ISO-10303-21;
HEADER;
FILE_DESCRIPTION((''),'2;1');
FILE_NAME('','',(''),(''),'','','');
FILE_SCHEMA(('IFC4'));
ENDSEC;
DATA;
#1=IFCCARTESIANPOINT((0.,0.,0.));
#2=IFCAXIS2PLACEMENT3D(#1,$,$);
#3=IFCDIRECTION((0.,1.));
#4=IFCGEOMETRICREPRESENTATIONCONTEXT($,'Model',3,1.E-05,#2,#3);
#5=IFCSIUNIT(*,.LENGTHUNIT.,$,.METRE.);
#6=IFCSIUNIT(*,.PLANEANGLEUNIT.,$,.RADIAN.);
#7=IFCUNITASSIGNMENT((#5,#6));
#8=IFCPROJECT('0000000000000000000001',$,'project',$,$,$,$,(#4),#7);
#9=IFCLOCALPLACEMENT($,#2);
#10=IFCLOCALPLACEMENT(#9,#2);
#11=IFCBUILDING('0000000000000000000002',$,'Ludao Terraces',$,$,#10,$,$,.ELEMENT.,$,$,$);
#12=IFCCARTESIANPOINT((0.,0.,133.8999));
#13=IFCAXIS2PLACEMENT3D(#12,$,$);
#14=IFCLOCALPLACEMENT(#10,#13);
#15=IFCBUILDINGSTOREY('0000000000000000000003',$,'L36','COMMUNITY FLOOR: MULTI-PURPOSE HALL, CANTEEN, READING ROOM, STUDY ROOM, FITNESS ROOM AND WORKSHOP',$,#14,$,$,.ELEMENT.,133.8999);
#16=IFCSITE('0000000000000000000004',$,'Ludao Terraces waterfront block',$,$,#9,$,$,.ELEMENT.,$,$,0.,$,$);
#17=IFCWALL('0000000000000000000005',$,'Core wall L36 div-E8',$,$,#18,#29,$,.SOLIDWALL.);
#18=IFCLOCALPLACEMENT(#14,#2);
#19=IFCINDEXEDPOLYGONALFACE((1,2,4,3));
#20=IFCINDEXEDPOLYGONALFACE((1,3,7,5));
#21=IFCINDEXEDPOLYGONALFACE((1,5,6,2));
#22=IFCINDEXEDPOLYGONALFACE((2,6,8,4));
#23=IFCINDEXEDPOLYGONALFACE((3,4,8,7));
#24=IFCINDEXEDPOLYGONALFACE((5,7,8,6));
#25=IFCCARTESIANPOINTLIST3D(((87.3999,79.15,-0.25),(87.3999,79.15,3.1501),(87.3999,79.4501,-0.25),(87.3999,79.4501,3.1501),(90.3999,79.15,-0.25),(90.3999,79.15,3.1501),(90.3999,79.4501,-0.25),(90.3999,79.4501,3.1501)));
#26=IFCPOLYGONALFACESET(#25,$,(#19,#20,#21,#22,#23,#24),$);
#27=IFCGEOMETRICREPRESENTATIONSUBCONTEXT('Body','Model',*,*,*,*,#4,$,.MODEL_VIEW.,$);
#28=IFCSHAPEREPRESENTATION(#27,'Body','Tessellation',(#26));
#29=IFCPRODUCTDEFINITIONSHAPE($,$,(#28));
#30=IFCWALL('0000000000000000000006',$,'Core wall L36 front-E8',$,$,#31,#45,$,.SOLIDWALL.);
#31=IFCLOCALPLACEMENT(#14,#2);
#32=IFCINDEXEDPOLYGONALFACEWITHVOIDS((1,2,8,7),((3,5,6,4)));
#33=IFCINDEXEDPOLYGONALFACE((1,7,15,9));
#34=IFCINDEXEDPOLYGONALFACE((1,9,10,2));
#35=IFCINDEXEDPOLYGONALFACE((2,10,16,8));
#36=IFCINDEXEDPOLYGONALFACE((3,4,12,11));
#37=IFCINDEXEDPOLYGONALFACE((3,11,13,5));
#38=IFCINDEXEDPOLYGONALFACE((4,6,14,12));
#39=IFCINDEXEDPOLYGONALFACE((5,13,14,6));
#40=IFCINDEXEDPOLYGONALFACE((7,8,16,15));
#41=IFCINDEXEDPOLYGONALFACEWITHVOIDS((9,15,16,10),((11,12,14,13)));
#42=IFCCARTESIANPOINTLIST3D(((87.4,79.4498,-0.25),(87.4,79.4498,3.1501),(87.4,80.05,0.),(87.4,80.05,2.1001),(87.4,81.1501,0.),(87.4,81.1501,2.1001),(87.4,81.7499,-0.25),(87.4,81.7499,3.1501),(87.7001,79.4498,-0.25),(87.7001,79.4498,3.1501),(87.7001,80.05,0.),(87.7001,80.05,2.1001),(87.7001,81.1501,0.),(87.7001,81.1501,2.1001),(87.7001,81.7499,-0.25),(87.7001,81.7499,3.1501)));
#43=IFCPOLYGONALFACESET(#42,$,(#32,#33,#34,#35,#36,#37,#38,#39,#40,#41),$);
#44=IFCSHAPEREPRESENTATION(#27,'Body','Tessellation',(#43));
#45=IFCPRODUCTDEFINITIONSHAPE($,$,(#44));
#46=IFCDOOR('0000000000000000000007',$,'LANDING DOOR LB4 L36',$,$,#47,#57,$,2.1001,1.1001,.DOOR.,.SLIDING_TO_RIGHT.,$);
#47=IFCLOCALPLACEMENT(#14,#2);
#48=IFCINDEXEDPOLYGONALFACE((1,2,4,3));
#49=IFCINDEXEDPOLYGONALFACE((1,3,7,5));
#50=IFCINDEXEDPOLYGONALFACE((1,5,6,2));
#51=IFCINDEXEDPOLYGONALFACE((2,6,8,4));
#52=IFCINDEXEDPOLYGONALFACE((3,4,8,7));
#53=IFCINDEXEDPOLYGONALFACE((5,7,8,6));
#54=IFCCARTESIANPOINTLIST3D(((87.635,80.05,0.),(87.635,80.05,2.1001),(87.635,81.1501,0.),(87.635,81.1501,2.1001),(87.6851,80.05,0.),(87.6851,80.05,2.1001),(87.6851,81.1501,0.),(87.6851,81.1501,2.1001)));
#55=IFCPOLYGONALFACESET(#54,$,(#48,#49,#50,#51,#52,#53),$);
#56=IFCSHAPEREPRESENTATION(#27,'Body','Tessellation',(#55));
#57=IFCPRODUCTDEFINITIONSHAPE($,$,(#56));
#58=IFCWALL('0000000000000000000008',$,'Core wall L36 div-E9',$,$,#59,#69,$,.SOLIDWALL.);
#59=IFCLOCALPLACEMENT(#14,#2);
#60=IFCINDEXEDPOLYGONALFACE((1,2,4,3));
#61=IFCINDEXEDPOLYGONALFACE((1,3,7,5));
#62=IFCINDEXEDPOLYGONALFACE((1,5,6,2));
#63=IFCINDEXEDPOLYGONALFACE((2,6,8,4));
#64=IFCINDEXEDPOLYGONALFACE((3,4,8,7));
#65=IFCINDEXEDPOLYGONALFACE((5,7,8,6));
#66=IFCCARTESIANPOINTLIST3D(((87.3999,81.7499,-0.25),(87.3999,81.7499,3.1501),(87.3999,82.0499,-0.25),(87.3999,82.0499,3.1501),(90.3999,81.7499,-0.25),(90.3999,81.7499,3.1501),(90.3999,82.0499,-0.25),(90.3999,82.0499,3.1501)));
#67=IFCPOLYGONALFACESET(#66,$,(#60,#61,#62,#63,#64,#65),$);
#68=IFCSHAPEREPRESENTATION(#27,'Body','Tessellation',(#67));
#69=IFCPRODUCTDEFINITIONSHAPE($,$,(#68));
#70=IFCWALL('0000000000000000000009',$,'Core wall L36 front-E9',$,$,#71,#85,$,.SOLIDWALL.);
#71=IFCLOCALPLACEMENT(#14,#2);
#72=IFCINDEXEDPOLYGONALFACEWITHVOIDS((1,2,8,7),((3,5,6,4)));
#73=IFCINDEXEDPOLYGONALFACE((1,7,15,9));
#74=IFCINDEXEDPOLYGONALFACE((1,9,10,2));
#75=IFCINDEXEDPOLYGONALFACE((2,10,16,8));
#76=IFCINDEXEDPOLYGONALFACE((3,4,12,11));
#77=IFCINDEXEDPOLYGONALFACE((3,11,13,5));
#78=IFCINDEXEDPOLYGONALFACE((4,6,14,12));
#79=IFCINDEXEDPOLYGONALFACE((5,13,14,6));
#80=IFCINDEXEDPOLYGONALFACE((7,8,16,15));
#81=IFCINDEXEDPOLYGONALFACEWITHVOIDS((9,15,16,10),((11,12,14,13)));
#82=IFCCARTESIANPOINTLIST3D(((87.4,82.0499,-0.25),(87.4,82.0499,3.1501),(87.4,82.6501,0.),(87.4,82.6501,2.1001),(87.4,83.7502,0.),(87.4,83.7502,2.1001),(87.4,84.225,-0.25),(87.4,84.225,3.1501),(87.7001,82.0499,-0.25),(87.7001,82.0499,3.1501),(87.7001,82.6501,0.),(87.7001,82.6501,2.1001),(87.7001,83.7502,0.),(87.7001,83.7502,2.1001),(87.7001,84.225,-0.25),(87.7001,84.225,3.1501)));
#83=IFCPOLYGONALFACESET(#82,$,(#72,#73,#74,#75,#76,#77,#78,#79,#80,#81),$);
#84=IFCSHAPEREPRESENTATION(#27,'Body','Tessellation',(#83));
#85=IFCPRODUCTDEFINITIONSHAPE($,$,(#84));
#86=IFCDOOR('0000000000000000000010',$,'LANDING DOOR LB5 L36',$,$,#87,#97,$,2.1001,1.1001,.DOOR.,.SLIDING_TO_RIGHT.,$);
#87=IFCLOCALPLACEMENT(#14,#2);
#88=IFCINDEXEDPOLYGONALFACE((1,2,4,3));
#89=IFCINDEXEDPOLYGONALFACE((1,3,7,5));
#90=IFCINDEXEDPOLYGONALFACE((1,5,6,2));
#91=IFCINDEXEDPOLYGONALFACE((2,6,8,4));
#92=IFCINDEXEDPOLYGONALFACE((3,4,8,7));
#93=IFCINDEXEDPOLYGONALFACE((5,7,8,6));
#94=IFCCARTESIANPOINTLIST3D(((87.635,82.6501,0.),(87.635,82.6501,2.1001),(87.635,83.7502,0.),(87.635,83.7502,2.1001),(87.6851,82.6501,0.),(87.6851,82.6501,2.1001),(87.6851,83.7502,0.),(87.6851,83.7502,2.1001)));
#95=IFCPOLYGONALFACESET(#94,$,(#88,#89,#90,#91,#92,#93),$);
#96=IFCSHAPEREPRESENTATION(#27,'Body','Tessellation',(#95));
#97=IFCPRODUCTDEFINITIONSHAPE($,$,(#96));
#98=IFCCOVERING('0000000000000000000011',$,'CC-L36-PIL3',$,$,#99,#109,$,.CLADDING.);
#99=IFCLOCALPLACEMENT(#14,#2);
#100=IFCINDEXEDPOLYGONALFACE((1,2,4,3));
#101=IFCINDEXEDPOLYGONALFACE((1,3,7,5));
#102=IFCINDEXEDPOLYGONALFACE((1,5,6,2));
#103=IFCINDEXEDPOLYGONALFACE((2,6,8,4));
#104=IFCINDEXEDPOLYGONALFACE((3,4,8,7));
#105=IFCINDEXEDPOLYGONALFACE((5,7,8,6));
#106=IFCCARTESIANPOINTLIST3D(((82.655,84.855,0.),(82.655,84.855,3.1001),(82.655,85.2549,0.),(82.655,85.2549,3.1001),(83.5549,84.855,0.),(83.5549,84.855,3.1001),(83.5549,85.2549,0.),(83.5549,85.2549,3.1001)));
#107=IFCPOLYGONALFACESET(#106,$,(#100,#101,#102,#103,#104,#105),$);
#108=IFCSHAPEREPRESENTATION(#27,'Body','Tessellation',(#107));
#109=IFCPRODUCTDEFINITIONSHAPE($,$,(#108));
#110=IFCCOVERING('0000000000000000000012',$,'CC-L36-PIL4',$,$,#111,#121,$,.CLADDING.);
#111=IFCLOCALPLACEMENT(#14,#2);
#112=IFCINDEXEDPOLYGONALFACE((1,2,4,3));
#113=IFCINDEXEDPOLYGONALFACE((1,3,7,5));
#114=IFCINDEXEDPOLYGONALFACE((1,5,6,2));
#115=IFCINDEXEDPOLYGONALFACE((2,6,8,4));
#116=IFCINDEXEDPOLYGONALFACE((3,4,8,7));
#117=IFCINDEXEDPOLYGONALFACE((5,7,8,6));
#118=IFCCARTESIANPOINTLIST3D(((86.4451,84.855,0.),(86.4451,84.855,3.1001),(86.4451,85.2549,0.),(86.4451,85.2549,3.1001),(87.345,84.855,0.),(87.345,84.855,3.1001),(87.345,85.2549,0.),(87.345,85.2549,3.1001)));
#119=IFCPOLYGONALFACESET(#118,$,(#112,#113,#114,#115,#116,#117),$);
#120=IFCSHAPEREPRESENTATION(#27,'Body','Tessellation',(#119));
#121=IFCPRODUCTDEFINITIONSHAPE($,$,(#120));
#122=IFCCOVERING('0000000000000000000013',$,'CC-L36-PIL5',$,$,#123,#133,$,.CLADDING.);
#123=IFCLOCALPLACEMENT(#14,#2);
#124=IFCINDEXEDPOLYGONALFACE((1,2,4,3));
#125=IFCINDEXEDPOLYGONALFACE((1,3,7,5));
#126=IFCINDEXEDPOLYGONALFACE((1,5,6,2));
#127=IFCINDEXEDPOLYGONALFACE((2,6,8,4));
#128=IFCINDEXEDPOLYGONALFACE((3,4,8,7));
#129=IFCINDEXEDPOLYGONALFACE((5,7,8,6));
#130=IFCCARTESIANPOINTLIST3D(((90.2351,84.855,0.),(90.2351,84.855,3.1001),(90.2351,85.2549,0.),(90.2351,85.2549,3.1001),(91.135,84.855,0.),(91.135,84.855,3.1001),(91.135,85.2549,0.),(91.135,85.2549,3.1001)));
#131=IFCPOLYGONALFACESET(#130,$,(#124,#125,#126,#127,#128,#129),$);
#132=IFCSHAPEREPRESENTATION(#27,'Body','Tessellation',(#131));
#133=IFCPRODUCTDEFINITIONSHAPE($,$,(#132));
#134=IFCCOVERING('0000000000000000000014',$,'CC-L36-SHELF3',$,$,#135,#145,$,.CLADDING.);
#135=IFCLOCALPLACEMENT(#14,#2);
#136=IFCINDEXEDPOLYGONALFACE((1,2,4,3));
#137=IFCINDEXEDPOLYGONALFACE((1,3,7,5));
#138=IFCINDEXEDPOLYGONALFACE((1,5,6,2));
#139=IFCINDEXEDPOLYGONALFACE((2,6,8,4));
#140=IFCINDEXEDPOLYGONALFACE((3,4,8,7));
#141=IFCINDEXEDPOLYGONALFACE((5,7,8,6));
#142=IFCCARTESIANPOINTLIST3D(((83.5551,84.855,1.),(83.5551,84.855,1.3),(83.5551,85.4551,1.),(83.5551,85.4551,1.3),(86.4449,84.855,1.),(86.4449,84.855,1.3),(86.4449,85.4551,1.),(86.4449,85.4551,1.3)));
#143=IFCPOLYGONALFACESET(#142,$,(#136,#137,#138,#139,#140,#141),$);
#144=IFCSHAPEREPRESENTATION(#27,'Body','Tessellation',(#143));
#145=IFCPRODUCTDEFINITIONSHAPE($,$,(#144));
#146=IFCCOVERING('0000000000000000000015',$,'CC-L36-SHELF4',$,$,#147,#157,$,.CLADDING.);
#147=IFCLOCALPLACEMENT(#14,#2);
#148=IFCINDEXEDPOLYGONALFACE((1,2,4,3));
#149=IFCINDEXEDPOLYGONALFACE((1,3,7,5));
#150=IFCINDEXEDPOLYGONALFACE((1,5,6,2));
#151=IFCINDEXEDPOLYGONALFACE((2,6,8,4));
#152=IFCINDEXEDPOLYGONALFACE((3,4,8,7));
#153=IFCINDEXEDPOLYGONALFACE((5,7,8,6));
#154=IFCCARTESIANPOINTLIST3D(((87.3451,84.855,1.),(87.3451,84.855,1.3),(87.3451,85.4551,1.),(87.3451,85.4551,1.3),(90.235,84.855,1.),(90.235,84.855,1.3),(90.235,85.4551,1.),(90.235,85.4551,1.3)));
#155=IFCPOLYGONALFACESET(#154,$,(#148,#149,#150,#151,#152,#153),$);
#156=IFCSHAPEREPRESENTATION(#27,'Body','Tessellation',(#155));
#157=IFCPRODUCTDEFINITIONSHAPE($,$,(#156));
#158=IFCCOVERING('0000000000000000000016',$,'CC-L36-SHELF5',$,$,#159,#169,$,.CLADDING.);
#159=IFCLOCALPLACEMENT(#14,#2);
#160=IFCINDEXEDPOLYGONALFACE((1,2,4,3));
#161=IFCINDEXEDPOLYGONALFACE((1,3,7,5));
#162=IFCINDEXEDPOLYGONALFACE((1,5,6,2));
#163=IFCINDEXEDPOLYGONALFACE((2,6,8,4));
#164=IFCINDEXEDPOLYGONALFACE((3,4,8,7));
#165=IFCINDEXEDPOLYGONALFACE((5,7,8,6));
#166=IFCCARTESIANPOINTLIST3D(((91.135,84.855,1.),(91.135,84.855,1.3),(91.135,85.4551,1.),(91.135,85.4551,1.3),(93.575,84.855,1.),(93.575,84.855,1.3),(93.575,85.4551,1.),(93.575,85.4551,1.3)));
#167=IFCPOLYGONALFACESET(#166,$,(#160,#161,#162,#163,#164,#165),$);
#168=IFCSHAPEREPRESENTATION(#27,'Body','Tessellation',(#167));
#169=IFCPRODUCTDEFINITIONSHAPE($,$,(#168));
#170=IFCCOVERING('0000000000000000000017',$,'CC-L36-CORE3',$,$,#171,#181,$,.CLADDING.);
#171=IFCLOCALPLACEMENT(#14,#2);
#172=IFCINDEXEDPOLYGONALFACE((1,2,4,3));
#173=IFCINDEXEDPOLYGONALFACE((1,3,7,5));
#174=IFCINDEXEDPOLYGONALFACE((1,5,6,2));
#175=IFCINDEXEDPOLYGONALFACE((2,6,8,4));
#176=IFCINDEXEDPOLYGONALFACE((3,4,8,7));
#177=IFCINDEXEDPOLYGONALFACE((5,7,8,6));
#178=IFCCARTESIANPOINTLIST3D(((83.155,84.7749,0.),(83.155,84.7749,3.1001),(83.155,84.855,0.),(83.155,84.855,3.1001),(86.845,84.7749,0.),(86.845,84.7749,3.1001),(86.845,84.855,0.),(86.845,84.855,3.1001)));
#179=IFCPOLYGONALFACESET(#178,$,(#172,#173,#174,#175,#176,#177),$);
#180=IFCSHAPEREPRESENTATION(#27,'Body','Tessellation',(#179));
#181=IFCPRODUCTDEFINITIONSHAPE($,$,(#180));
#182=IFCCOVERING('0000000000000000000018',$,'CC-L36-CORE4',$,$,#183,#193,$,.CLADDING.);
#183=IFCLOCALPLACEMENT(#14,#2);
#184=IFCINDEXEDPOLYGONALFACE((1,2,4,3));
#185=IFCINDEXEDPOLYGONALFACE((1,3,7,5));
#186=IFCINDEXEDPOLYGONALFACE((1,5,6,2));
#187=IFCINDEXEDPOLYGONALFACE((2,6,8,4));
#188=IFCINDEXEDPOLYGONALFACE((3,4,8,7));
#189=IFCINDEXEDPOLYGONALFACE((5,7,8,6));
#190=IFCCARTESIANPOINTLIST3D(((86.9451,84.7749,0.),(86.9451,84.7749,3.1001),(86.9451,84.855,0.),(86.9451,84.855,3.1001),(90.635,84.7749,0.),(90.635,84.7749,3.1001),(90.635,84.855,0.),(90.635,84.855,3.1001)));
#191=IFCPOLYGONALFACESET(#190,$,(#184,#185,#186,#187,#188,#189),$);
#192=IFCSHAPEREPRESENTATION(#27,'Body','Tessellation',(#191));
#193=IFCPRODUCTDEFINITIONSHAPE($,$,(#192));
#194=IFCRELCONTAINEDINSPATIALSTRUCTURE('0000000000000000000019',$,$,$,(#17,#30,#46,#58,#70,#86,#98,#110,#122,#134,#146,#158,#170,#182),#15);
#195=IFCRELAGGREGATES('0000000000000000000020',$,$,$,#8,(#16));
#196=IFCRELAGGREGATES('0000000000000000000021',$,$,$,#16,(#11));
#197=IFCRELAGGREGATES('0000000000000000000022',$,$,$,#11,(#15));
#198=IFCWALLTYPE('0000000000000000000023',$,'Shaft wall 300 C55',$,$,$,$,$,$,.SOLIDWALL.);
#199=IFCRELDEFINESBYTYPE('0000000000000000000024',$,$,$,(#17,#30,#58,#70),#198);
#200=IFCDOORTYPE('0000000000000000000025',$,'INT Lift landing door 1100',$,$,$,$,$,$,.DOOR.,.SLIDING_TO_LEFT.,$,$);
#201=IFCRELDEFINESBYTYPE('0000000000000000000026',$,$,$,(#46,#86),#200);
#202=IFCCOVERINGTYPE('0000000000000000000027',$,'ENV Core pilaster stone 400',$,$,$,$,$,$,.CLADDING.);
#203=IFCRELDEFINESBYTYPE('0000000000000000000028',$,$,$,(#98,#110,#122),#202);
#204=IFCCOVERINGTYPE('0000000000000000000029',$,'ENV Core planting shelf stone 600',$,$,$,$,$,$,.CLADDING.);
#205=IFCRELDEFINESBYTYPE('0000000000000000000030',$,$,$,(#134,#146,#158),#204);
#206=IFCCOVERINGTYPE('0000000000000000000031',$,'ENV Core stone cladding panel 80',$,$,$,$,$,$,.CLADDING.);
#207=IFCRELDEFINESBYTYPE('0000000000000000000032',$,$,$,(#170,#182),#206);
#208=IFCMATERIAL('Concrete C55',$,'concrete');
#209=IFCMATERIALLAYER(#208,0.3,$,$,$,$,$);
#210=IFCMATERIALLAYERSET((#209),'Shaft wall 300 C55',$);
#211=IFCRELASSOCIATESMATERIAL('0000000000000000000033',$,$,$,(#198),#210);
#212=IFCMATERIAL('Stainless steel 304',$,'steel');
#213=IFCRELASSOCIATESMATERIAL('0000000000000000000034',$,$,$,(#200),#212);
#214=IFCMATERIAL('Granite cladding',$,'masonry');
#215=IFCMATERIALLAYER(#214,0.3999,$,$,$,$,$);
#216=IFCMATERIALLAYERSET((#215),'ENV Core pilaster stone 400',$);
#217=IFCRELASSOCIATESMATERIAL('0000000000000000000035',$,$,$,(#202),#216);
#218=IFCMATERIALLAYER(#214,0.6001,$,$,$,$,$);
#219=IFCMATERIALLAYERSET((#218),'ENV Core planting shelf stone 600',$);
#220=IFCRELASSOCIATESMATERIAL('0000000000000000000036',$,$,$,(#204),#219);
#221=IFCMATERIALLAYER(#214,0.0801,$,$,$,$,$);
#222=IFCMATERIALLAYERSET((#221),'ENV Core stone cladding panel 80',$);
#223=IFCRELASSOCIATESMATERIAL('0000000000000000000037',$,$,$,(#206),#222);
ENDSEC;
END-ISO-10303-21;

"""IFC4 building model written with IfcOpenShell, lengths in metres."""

from ifc_helpers import new_model, si_unit, direction, frame, frame_2d, origin, origin_2d, place, context, subcontext, project, spatial, rectangle, extrude, material, layer, layer_set, type_object, element, fill, save


model = new_model("IFC4")

# Units and contexts
model_context = context("Model", 3, precision=1e-05, world=origin(), true_north=direction((0.0, 1.0)))
body_context = subcontext(model_context, "Body", "Model", "MODEL_VIEW")
ifc_project = project(units=[si_unit("LENGTHUNIT", "METRE"), si_unit("PLANEANGLEUNIT", "RADIAN")], contexts=[model_context])

# Site, building, storey
site_placement = place(None, origin())
site = spatial("IfcSite", under=ifc_project, at=site_placement, Name="Ludao Terraces waterfront block", CompositionType="ELEMENT", RefElevation=0.0)
building_placement = place(site_placement, origin())
building = spatial("IfcBuilding", under=site, at=building_placement, Name="Ludao Terraces", CompositionType="ELEMENT")
storey_placement = place(building_placement, frame((0.0, 0.0, 133.8999)))
storey = spatial("IfcBuildingStorey", under=building, at=storey_placement, Name="L36", Description="COMMUNITY FLOOR: MULTI-PURPOSE HALL, CANTEEN, READING ROOM, STUDY ROOM, FITNESS ROOM AND WORKSHOP", CompositionType="ELEMENT", Elevation=133.8999)

# Wall
ifc_material_1 = material(Name="Concrete C55", Category="concrete")
ifc_layer_1 = layer(ifc_material_1, 0.3)
ifc_layer_set_1 = layer_set([ifc_layer_1], Name="Shaft wall 300 C55")
wall_type = type_object("IfcWallType", Name="Shaft wall 300 C55", PredefinedType="SOLIDWALL", material=ifc_layer_set_1)
wall_1_placement = place(storey_placement, frame((87.3999, 79.3, -0.25), z_axis=(0.0, 0.0, 1.0), x_axis=(1.0, 0.0, 0.0)))
element("IfcWall", 1, at=wall_1_placement, inside=storey, type_object=wall_type, Name="Core wall L36 div-E8", PredefinedType="SOLIDWALL", context=body_context, shape_type="SweptSolid", body=[
    extrude(rectangle(XDim=3.0, YDim=0.3, at=frame_2d((1.5, 0.0))), origin(), (0.0, 0.0, 1.0), 3.4001),
])

# Wall, opening, door
wall_2_placement = place(storey_placement, frame((87.55, 79.45, -0.25), z_axis=(0.0, 0.0, 1.0), x_axis=(0.0, 1.0, 0.0)))
wall_2 = element("IfcWall", 2, at=wall_2_placement, inside=storey, type_object=wall_type, Name="Core wall L36 front-E8", PredefinedType="SOLIDWALL", context=body_context, shape_type="SweptSolid", body=[
    extrude(rectangle(XDim=2.3, YDim=0.3, at=frame_2d((1.1499, 0.0))), origin(), (0.0, 0.0, 1.0), 3.4001),
])
opening_1_placement = place(wall_2_placement, frame((0.6001, 0.0, 0.25)))
opening_1 = element("IfcOpeningElement", 3, at=opening_1_placement, cuts=wall_2, PredefinedType="OPENING", context=body_context, shape_type="SweptSolid", body=[
    extrude(rectangle(XDim=1.1001, YDim=2.1001, at=frame_2d((0.55, 1.05))), frame((0.0, 0.1602, 0.0), z_axis=(0.0, -1.0, 0.0), x_axis=(1.0, 0.0, 0.0)), (0.0, 0.0, 1.0), 0.3201),
])
ifc_material_2 = material(Name="Stainless steel 304", Category="steel")
door_type = type_object("IfcDoorType", Name="INT Lift landing door 1100", OperationType="SLIDING_TO_LEFT", PredefinedType="DOOR", material=ifc_material_2)
door_1_placement = place(opening_1_placement, origin())
door_1 = element("IfcDoor", 4, at=door_1_placement, inside=storey, type_object=door_type, Name="LANDING DOOR LB4 L36", OperationType="SLIDING_TO_RIGHT", OverallHeight=2.1001, OverallWidth=1.1001, PredefinedType="DOOR", context=body_context, shape_type="SweptSolid", body=[
    extrude(rectangle(XDim=1.1001, YDim=2.1001, at=frame_2d((0.55, 1.05))), frame((0.0, -0.085, 0.0), z_axis=(0.0, -1.0, 0.0), x_axis=(1.0, 0.0, 0.0)), (0.0, 0.0, 1.0), 0.05),
])
fill(opening_1, door_1)

# Wall
wall_3_placement = place(storey_placement, frame((87.3999, 81.8999, -0.25), z_axis=(0.0, 0.0, 1.0), x_axis=(1.0, 0.0, 0.0)))
element("IfcWall", 5, at=wall_3_placement, inside=storey, type_object=wall_type, Name="Core wall L36 div-E9", PredefinedType="SOLIDWALL", context=body_context, shape_type="SweptSolid", body=[
    extrude(rectangle(XDim=3.0, YDim=0.3, at=frame_2d((1.5, 0.0))), origin(), (0.0, 0.0, 1.0), 3.4001),
])

# Wall, opening, door
wall_4_placement = place(storey_placement, frame((87.55, 82.05, -0.25), z_axis=(0.0, 0.0, 1.0), x_axis=(0.0, 1.0, 0.0)))
wall_4 = element("IfcWall", 6, at=wall_4_placement, inside=storey, type_object=wall_type, Name="Core wall L36 front-E9", PredefinedType="SOLIDWALL", context=body_context, shape_type="SweptSolid", body=[
    extrude(rectangle(XDim=2.175, YDim=0.3, at=frame_2d((1.0874, 0.0))), origin(), (0.0, 0.0, 1.0), 3.4001),
])
opening_2_placement = place(wall_4_placement, frame((0.6001, 0.0, 0.25)))
opening_2 = element("IfcOpeningElement", 7, at=opening_2_placement, cuts=wall_4, PredefinedType="OPENING", context=body_context, shape_type="SweptSolid", body=[
    extrude(rectangle(XDim=1.1001, YDim=2.1001, at=frame_2d((0.55, 1.05))), frame((0.0, 0.1602, 0.0), z_axis=(0.0, -1.0, 0.0), x_axis=(1.0, 0.0, 0.0)), (0.0, 0.0, 1.0), 0.3201),
])
door_2_placement = place(opening_2_placement, origin())
door_2 = element("IfcDoor", 8, at=door_2_placement, inside=storey, type_object=door_type, Name="LANDING DOOR LB5 L36", OperationType="SLIDING_TO_RIGHT", OverallHeight=2.1001, OverallWidth=1.1001, PredefinedType="DOOR", context=body_context, shape_type="SweptSolid", body=[
    extrude(rectangle(XDim=1.1001, YDim=2.1001, at=frame_2d((0.55, 1.05))), frame((0.0, -0.085, 0.0), z_axis=(0.0, -1.0, 0.0), x_axis=(1.0, 0.0, 0.0)), (0.0, 0.0, 1.0), 0.05),
])
fill(opening_2, door_2)

# Coverings
ifc_material_3 = material(Name="Granite cladding", Category="masonry")
ifc_layer_2 = layer(ifc_material_3, 0.3999)
ifc_layer_set_2 = layer_set([ifc_layer_2], Name="ENV Core pilaster stone 400")
covering_type_1 = type_object("IfcCoveringType", Name="ENV Core pilaster stone 400", PredefinedType="CLADDING", material=ifc_layer_set_2)
for number, where, z_axis, x_axis, name in (
    (9, (83.105, 85.0549, 0.0), (0.0, 0.0, 1.0), (1.0, 0.0, 0.0), "CC-L36-PIL3"),
    (10, (86.895, 85.0549, 0.0), (0.0, 0.0, 1.0), (1.0, 0.0, 0.0), "CC-L36-PIL4"),
    (11, (90.6851, 85.0549, 0.0), (0.0, 0.0, 1.0), (1.0, 0.0, 0.0), "CC-L36-PIL5"),
):
    element("IfcCovering", number, at=place(storey_placement, frame(where, z_axis=z_axis, x_axis=x_axis)), inside=storey, type_object=covering_type_1, Name=name, PredefinedType="CLADDING", context=body_context, shape_type="SweptSolid", body=[
        extrude(rectangle(XDim=0.8999, YDim=0.3999, at=origin_2d()), origin(), (0.0, 0.0, 1.0), 3.1001),
    ])
ifc_layer_3 = layer(ifc_material_3, 0.6001)
ifc_layer_set_3 = layer_set([ifc_layer_3], Name="ENV Core planting shelf stone 600")
covering_type_2 = type_object("IfcCoveringType", Name="ENV Core planting shelf stone 600", PredefinedType="CLADDING", material=ifc_layer_set_3)
for number, where, z_axis, x_axis, name in (
    (12, (85.0, 85.155, 1.0), (0.0, 0.0, 1.0), (1.0, 0.0, 0.0), "CC-L36-SHELF3"),
    (13, (88.79, 85.155, 1.0), (0.0, 0.0, 1.0), (1.0, 0.0, 0.0), "CC-L36-SHELF4"),
):
    element("IfcCovering", number, at=place(storey_placement, frame(where, z_axis=z_axis, x_axis=x_axis)), inside=storey, type_object=covering_type_2, Name=name, PredefinedType="CLADDING", context=body_context, shape_type="SweptSolid", body=[
        extrude(rectangle(XDim=2.8899, YDim=0.6001, at=origin_2d()), origin(), (0.0, 0.0, 1.0), 0.3),
    ])
covering_1_placement = place(storey_placement, frame((92.355, 85.155, 1.0), z_axis=(0.0, 0.0, 1.0), x_axis=(1.0, 0.0, 0.0)))
element("IfcCovering", 14, at=covering_1_placement, inside=storey, type_object=covering_type_2, Name="CC-L36-SHELF5", PredefinedType="CLADDING", context=body_context, shape_type="SweptSolid", body=[
    extrude(rectangle(XDim=2.4399, YDim=0.6001, at=origin_2d()), origin(), (0.0, 0.0, 1.0), 0.3),
])
ifc_layer_4 = layer(ifc_material_3, 0.0801)
ifc_layer_set_4 = layer_set([ifc_layer_4], Name="ENV Core stone cladding panel 80")
covering_type_3 = type_object("IfcCoveringType", Name="ENV Core stone cladding panel 80", PredefinedType="CLADDING", material=ifc_layer_set_4)
for number, where, z_axis, x_axis, name in (
    (15, (85.0, 84.8149, 0.0), (0.0, 0.0, 1.0), (1.0, 0.0, 0.0), "CC-L36-CORE3"),
    (16, (88.79, 84.8149, 0.0), (0.0, 0.0, 1.0), (1.0, 0.0, 0.0), "CC-L36-CORE4"),
):
    element("IfcCovering", number, at=place(storey_placement, frame(where, z_axis=z_axis, x_axis=x_axis)), inside=storey, type_object=covering_type_3, Name=name, PredefinedType="CLADDING", context=body_context, shape_type="SweptSolid", body=[
        extrude(rectangle(XDim=3.6899, YDim=0.0801, at=origin_2d()), origin(), (0.0, 0.0, 1.0), 3.1001),
    ])

save(model, "model.ifc")
